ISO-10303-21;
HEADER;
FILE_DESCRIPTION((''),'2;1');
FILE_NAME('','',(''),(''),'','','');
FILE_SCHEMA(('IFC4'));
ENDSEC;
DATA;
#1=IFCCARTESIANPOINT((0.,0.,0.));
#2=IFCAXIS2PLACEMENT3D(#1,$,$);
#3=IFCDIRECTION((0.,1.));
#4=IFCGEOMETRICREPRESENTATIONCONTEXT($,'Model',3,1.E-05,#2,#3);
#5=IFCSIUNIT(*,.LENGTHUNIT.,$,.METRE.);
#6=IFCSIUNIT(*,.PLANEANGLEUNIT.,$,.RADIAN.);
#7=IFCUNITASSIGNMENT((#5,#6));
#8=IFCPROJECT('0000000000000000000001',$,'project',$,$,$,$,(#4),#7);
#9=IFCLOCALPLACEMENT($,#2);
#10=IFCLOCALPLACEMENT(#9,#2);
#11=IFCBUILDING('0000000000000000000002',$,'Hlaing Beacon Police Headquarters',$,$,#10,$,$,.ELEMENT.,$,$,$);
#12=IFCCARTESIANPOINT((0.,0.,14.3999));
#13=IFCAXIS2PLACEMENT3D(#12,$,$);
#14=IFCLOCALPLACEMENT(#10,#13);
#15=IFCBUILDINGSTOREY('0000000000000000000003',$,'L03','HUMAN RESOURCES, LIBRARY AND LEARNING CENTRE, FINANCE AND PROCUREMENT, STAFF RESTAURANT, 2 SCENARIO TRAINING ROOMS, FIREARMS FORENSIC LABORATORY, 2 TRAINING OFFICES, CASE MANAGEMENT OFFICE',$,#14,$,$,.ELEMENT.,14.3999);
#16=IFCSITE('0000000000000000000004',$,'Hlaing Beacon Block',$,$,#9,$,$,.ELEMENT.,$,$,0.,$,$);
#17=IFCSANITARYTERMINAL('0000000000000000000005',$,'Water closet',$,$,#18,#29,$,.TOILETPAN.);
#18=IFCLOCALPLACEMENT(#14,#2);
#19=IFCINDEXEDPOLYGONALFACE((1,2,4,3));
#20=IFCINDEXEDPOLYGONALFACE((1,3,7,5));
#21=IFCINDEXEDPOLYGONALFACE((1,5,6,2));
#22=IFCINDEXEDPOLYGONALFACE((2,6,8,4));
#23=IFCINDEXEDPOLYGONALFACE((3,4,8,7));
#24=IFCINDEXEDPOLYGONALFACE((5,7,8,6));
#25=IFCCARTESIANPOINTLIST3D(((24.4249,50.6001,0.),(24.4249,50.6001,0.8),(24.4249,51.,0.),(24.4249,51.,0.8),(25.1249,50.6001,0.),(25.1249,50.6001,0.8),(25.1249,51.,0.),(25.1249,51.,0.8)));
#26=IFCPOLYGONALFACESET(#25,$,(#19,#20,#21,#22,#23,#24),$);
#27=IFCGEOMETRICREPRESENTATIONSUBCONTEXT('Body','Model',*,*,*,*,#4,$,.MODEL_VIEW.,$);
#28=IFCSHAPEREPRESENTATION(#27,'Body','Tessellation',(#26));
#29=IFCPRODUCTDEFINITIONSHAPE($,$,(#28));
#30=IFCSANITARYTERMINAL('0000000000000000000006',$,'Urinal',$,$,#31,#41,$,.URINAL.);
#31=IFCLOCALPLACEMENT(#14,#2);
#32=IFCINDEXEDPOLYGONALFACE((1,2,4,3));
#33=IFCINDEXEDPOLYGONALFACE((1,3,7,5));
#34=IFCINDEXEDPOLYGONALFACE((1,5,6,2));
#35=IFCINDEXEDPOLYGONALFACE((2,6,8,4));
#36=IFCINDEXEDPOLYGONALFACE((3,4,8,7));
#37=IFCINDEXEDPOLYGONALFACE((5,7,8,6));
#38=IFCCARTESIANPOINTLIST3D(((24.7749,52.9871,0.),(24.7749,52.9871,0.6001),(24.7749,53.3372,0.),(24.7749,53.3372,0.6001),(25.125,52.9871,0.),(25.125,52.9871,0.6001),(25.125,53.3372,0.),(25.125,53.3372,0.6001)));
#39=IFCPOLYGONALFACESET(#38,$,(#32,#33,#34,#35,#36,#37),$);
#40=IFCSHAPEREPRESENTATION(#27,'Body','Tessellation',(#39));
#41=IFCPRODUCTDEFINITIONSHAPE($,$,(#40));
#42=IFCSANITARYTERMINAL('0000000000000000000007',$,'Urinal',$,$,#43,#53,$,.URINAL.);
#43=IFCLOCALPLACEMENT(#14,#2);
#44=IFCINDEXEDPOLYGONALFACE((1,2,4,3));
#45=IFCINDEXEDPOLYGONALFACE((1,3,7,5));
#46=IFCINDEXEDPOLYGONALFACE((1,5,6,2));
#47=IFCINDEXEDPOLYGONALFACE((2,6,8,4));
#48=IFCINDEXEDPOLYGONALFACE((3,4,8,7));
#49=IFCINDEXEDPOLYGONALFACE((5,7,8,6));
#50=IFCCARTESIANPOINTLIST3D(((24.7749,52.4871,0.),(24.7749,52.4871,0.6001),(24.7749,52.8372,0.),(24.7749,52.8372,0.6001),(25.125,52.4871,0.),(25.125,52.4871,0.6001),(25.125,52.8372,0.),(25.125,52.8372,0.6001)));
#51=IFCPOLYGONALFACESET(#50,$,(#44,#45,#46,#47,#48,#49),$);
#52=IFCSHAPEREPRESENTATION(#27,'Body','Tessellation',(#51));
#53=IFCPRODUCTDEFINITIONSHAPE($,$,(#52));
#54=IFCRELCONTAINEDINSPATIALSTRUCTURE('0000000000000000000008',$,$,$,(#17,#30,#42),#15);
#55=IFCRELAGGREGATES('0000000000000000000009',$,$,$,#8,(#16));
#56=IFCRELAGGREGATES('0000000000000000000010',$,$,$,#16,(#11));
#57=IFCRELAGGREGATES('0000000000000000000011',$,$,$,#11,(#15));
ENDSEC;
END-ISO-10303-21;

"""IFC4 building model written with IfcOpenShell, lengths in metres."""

from ifc_helpers import new_model, si_unit, direction, frame, origin, origin_2d, place, context, subcontext, project, spatial, rectangle, extrude, element, save


model = new_model("IFC4")

# Units and contexts
model_context = context("Model", 3, precision=1e-05, world=origin(), true_north=direction((0.0, 1.0)))
body_context = subcontext(model_context, "Body", "Model", "MODEL_VIEW")
ifc_project = project(units=[si_unit("LENGTHUNIT", "METRE"), si_unit("PLANEANGLEUNIT", "RADIAN")], contexts=[model_context])

# Site, building, storey
site_placement = place(None, origin())
site = spatial("IfcSite", under=ifc_project, at=site_placement, Name="Hlaing Beacon Block", CompositionType="ELEMENT", RefElevation=0.0)
building_placement = place(site_placement, origin())
building = spatial("IfcBuilding", under=site, at=building_placement, Name="Hlaing Beacon Police Headquarters", CompositionType="ELEMENT")
storey_placement = place(building_placement, frame((0.0, 0.0, 14.3999)))
storey = spatial("IfcBuildingStorey", under=building, at=storey_placement, Name="L03", Description="HUMAN RESOURCES, LIBRARY AND LEARNING CENTRE, FINANCE AND PROCUREMENT, STAFF RESTAURANT, 2 SCENARIO TRAINING ROOMS, FIREARMS FORENSIC LABORATORY, 2 TRAINING OFFICES, CASE MANAGEMENT OFFICE", CompositionType="ELEMENT", Elevation=14.3999)

# Sanitary terminals
sanitary_terminal_placement = place(storey_placement, frame((24.7749, 50.8, 0.0), z_axis=(0.0, 0.0, 1.0), x_axis=(1.0, 0.0, 0.0)))
element("IfcSanitaryTerminal", 1, at=sanitary_terminal_placement, inside=storey, Name="Water closet", PredefinedType="TOILETPAN", context=body_context, shape_type="SweptSolid", body=[
    extrude(rectangle(XDim=0.7, YDim=0.3999, at=origin_2d()), origin(), (0.0, 0.0, 1.0), 0.8),
])
for number, where, z_axis, x_axis, name in (
    (2, (24.95, 53.1621, 0.0), (0.0, 0.0, 1.0), (1.0, 0.0, 0.0), "Urinal"),
    (3, (24.95, 52.6621, 0.0), (0.0, 0.0, 1.0), (1.0, 0.0, 0.0), "Urinal"),
):
    element("IfcSanitaryTerminal", number, at=place(storey_placement, frame(where, z_axis=z_axis, x_axis=x_axis)), inside=storey, Name=name, PredefinedType="URINAL", context=body_context, shape_type="SweptSolid", body=[
        extrude(rectangle(XDim=0.3501, YDim=0.3501, at=origin_2d()), origin(), (0.0, 0.0, 1.0), 0.6001),
    ])

save(model, "model.ifc")
